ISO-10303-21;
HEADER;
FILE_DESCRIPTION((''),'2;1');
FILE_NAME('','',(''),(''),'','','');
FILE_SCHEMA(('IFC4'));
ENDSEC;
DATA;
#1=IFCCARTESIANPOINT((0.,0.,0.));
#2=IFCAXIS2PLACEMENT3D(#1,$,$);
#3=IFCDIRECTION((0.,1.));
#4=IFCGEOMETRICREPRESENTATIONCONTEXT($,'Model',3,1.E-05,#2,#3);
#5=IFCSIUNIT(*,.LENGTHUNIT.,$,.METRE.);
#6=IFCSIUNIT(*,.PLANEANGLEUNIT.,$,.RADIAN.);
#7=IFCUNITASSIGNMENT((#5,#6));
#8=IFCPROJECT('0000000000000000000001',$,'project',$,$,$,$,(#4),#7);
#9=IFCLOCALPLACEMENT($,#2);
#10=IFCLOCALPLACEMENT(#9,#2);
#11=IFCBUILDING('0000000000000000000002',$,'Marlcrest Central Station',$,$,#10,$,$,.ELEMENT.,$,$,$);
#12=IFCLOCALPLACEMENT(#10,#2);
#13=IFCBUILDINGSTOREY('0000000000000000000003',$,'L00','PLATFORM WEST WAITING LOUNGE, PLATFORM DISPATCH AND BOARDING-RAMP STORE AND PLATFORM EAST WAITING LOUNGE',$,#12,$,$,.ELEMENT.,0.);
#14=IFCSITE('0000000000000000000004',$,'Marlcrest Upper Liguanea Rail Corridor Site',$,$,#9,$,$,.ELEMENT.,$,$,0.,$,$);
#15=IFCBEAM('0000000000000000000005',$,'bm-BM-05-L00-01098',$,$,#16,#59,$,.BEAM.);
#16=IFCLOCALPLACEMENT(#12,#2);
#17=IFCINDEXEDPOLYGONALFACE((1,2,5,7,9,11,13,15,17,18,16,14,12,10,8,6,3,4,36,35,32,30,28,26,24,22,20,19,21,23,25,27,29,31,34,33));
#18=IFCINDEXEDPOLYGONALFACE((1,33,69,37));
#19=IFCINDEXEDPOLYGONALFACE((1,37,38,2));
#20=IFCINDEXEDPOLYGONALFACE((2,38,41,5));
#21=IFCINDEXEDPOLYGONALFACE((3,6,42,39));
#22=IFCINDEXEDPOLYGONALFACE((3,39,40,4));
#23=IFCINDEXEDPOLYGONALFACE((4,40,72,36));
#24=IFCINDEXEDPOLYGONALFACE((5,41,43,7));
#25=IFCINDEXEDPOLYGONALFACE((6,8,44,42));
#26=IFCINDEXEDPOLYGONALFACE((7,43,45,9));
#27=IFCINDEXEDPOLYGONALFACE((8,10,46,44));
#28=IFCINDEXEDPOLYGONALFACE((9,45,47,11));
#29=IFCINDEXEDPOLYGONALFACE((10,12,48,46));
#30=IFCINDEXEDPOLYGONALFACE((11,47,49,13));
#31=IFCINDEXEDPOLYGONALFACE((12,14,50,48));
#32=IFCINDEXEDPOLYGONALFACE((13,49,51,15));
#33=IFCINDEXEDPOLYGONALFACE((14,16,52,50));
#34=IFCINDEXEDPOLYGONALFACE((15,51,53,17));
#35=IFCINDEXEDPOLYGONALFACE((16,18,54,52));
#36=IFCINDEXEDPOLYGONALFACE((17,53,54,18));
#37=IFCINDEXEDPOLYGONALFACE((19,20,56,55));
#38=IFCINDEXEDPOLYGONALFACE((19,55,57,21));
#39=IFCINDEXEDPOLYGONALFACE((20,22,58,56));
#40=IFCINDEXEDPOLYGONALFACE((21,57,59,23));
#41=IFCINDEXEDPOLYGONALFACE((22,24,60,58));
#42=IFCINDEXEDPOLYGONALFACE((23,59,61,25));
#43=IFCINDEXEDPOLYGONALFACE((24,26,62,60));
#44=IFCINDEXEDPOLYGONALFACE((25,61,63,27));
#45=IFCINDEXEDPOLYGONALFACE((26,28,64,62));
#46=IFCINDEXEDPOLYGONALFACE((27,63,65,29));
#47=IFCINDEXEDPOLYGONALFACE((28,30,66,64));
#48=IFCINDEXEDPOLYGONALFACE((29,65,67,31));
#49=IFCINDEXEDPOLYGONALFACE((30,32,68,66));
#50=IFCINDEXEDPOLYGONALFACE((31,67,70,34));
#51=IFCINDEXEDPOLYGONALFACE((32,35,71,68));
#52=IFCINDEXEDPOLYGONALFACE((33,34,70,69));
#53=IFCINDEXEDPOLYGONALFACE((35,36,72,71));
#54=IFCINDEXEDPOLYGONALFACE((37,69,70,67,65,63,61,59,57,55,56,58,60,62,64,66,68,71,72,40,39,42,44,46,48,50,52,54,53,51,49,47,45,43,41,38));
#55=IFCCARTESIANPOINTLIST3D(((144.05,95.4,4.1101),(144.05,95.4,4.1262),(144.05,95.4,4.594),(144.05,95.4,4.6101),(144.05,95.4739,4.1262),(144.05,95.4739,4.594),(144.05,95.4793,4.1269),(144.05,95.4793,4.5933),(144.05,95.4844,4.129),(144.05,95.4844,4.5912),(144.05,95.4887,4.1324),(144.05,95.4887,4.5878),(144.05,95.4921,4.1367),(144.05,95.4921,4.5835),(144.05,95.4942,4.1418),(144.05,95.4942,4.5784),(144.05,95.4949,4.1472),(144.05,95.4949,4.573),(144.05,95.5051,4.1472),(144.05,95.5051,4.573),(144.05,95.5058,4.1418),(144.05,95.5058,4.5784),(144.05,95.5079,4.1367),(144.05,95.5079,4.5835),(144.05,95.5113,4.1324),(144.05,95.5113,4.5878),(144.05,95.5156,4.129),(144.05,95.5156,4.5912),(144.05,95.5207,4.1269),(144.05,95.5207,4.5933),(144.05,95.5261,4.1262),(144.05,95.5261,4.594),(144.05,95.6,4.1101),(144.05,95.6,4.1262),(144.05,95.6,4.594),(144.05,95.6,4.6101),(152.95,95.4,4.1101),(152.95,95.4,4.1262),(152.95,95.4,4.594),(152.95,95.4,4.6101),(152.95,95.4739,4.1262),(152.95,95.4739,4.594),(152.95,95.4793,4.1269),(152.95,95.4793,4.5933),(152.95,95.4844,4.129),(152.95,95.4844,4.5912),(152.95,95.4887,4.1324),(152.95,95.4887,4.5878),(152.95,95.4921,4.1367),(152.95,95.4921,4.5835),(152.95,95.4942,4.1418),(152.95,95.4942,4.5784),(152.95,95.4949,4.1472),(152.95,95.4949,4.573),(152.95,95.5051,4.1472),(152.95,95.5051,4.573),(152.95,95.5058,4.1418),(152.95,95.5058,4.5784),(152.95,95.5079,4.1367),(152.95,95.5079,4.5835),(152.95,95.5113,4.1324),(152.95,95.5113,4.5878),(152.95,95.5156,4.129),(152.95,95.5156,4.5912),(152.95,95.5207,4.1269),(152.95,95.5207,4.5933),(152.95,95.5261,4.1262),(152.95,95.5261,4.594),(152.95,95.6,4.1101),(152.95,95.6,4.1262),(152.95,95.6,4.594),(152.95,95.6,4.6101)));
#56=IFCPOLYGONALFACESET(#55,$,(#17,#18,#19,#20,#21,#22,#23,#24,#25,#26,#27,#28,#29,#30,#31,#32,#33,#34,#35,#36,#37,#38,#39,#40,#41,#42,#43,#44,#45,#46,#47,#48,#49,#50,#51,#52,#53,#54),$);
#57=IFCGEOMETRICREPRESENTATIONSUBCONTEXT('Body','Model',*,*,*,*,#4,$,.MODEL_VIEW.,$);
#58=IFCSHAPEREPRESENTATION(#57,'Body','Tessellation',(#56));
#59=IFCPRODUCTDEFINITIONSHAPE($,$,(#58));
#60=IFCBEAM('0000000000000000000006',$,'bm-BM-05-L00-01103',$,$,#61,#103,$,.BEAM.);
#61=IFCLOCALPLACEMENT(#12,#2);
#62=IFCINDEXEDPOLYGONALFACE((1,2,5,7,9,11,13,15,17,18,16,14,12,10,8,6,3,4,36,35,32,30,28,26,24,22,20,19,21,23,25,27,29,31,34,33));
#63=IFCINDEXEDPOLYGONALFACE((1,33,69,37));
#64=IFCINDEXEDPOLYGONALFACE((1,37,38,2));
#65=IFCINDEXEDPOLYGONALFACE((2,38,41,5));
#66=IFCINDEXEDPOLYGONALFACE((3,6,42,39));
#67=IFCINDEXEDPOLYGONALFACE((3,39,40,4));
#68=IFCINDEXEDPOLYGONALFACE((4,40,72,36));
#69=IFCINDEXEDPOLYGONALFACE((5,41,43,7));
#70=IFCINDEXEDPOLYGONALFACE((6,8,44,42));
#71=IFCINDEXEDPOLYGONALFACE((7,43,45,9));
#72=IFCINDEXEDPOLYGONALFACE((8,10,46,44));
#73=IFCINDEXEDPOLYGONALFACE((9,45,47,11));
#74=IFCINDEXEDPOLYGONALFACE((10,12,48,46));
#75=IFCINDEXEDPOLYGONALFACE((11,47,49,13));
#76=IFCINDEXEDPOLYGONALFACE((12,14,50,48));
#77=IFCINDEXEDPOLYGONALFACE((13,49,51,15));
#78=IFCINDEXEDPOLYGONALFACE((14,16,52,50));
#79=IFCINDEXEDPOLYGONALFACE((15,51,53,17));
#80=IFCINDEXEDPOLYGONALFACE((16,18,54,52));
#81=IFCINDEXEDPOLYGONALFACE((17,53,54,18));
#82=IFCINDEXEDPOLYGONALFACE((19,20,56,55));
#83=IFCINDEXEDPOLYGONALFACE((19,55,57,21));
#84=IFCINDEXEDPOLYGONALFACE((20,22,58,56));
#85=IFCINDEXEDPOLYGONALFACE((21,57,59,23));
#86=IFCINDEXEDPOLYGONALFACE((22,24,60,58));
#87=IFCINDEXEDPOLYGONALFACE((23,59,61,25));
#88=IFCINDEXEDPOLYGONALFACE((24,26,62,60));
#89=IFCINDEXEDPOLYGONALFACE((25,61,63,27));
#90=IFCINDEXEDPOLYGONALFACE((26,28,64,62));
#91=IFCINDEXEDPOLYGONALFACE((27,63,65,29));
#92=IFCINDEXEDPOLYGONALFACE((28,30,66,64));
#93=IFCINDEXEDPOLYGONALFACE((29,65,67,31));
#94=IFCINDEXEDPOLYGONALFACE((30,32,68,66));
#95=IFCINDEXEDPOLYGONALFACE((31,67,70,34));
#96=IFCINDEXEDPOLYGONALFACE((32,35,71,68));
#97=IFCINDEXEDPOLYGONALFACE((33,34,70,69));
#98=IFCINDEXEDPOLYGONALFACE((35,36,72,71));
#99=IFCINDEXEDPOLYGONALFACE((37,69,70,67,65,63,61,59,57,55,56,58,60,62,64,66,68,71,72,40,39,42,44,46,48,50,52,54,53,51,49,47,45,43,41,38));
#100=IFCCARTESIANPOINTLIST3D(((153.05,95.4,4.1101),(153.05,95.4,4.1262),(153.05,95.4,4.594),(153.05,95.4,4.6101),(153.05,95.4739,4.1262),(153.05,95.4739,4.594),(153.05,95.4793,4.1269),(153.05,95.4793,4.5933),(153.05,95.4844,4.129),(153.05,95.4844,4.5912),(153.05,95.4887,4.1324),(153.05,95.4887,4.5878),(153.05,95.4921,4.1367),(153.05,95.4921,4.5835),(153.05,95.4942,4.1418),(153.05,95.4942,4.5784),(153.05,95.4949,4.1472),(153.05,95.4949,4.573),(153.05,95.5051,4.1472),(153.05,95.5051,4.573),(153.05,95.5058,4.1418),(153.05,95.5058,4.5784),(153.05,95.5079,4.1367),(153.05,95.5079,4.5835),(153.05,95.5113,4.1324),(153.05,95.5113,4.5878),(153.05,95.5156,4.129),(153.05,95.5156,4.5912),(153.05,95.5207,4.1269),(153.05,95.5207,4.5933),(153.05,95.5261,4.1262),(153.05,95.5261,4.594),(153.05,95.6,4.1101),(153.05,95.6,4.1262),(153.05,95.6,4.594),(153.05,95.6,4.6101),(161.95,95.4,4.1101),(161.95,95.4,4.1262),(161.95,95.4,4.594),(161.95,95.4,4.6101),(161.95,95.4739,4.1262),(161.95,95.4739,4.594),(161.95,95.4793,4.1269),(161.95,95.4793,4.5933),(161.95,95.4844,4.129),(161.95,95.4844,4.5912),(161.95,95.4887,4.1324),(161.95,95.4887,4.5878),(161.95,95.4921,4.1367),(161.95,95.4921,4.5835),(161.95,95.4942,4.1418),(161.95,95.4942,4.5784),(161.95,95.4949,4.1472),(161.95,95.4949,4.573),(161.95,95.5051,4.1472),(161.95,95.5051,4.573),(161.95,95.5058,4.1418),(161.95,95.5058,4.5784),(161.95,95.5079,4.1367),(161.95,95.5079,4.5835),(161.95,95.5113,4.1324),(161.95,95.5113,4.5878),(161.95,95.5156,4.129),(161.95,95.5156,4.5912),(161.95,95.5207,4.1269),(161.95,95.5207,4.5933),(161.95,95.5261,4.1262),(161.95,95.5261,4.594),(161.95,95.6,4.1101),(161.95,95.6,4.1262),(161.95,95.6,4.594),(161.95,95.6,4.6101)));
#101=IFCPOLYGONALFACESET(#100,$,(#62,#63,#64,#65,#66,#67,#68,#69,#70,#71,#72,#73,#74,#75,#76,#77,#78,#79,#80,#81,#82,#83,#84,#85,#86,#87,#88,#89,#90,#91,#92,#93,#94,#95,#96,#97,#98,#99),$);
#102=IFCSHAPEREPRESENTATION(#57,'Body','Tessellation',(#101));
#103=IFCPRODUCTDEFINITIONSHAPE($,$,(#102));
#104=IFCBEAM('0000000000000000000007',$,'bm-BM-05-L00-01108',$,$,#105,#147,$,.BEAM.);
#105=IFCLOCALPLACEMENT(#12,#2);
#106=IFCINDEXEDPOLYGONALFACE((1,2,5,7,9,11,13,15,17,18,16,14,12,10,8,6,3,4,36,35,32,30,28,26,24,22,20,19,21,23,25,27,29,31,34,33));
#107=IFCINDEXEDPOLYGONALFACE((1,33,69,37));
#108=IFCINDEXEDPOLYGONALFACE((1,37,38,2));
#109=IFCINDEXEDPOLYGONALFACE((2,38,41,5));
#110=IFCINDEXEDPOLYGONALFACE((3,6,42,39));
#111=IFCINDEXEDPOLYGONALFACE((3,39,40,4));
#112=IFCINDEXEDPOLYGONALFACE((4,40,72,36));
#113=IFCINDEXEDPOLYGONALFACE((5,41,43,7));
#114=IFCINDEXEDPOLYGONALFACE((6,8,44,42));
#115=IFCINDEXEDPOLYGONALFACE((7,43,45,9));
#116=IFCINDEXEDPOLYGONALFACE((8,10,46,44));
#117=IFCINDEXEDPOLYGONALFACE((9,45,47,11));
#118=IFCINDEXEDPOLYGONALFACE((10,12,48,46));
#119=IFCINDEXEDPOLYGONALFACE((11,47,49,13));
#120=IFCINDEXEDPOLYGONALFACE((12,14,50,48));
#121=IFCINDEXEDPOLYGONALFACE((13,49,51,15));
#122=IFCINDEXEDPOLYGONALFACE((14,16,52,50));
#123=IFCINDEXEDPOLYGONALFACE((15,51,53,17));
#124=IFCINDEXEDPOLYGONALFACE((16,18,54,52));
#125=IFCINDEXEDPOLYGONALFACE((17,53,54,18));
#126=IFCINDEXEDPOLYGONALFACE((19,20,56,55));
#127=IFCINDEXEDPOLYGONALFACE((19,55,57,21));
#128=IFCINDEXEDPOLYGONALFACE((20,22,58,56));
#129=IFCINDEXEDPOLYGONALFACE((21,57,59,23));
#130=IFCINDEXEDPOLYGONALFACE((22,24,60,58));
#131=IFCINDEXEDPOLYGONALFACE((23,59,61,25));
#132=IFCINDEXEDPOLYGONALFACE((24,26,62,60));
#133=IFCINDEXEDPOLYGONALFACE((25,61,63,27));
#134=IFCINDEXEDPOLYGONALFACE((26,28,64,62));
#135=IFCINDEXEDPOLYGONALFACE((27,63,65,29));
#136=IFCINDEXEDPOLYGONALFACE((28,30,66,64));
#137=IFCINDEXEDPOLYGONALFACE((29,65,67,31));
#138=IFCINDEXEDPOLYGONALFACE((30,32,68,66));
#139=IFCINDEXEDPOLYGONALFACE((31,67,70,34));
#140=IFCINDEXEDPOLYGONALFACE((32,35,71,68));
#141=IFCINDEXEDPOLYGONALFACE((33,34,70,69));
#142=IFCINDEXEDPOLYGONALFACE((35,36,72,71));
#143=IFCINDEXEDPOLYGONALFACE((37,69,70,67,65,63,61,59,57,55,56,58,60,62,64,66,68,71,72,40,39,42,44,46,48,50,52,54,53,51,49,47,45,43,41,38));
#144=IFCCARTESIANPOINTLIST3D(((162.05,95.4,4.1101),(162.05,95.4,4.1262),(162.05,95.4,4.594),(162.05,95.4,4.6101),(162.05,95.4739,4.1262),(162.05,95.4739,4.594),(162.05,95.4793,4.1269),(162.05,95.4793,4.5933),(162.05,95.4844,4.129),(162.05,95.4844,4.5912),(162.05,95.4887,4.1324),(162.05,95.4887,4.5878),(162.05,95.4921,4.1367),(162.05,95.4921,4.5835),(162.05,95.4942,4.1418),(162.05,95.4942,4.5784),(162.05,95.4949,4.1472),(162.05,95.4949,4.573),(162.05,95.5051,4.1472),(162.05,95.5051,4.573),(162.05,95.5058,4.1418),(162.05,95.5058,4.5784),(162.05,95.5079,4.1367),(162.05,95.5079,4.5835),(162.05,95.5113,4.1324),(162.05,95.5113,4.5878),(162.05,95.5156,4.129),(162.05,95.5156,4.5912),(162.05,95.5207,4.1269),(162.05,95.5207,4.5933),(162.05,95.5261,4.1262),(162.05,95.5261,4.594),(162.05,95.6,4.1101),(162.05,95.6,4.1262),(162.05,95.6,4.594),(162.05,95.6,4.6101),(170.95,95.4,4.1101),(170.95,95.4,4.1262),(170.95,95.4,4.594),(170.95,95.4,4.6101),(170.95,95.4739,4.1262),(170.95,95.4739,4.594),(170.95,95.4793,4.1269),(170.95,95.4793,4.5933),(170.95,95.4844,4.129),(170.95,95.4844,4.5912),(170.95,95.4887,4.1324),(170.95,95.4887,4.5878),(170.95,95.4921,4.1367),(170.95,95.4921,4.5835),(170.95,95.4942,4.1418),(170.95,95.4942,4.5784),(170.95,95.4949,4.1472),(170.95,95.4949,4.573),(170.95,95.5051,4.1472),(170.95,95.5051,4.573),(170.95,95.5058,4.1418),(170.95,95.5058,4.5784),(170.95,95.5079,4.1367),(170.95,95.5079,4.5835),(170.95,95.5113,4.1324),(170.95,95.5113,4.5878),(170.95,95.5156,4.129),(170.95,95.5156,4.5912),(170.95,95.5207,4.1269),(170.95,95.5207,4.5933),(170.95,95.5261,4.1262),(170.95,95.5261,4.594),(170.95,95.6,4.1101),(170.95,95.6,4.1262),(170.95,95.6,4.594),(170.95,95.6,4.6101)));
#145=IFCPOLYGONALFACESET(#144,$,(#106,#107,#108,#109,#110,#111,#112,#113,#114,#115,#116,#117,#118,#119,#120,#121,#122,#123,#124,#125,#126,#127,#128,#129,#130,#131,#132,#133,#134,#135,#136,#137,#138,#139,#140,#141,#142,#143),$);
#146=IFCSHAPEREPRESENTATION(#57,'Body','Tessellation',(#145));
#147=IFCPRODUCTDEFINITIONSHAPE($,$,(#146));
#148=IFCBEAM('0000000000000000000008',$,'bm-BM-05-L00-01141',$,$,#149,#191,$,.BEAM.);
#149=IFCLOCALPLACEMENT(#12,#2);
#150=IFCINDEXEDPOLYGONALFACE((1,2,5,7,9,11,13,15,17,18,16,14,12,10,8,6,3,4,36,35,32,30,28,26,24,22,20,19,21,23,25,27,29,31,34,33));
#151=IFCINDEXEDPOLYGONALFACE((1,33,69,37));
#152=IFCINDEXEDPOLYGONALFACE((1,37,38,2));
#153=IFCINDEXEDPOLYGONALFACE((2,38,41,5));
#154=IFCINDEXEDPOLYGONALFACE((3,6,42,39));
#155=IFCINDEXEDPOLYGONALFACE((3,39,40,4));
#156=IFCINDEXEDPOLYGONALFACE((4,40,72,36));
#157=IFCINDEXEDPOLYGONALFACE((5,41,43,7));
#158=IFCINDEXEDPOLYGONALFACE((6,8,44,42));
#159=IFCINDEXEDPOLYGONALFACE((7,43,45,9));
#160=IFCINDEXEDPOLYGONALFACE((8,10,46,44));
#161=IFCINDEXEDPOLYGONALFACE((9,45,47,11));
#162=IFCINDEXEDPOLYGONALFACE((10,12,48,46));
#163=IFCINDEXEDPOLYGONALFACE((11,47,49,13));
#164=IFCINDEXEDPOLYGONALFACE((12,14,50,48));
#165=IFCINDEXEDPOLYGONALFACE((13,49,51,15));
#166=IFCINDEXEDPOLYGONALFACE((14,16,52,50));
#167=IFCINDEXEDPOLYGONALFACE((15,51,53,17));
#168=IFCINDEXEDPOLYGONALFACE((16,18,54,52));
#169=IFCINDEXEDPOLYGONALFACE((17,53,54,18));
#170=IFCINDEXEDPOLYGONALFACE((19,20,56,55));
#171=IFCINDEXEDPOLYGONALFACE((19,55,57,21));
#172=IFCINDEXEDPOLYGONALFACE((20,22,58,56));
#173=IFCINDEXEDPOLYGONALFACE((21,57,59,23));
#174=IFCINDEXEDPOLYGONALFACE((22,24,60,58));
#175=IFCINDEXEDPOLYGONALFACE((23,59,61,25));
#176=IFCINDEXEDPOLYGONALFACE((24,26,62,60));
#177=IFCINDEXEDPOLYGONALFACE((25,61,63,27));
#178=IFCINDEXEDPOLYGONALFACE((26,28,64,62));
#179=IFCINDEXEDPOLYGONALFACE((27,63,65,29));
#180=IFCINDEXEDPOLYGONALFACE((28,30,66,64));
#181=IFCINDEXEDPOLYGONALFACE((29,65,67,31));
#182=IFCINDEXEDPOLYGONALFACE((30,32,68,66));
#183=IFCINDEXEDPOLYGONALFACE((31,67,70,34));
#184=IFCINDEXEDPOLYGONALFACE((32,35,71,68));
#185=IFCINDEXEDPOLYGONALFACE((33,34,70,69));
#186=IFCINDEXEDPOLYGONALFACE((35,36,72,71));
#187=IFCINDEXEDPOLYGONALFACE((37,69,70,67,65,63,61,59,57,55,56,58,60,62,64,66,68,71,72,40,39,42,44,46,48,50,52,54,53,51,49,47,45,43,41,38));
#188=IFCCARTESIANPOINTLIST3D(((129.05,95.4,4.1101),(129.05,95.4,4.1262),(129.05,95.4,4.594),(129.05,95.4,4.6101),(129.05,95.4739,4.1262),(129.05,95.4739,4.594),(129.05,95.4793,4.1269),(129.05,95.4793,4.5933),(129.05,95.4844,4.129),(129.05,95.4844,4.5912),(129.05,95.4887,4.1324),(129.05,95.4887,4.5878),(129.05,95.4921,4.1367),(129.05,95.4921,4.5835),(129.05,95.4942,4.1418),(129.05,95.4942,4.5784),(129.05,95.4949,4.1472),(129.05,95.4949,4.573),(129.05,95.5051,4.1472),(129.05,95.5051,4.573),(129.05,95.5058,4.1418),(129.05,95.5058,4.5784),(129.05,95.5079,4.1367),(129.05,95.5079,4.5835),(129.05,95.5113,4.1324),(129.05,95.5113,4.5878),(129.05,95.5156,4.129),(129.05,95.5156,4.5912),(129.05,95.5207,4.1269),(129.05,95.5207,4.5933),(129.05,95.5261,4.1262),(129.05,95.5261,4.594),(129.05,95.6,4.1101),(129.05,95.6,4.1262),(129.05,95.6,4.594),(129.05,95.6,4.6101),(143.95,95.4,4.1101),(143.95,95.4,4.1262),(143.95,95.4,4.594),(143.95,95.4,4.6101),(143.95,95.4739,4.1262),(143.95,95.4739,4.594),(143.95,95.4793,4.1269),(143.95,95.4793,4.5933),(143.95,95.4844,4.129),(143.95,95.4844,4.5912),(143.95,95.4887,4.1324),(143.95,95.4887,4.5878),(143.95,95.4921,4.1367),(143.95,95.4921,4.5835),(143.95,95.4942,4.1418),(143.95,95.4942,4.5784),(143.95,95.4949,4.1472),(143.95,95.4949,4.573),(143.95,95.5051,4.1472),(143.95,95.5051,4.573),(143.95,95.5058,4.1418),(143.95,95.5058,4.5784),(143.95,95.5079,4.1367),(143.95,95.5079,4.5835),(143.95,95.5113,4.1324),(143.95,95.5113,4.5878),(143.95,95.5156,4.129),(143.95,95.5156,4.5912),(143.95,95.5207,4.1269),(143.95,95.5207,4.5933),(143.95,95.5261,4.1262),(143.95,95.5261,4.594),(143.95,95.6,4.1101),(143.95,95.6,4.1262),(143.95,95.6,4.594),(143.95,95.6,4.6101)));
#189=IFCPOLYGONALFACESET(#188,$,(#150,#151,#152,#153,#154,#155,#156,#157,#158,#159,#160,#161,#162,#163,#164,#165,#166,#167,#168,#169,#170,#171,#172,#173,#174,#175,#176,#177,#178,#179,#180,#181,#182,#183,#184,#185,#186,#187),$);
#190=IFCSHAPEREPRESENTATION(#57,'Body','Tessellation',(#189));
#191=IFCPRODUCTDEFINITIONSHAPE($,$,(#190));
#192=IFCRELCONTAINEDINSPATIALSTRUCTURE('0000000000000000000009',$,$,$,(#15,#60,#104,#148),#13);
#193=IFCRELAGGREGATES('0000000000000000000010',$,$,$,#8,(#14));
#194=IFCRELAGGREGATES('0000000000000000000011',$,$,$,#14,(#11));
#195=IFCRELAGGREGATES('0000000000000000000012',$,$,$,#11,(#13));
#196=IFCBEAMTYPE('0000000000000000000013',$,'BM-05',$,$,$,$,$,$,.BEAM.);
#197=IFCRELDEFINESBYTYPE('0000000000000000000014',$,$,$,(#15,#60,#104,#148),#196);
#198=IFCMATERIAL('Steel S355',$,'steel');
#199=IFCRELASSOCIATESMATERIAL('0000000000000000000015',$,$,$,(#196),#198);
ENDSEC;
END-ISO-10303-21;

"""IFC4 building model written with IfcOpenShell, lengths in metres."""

from ifc_helpers import new_model, si_unit, direction, frame, origin, origin_2d, place, context, subcontext, project, spatial, i_section, extrude, material, material_profile, profile_set, type_object, element, save


model = new_model("IFC4")

# Units and contexts
model_context = context("Model", 3, precision=1e-05, world=origin(), true_north=direction((0.0, 1.0)))
body_context = subcontext(model_context, "Body", "Model", "MODEL_VIEW")
ifc_project = project(units=[si_unit("LENGTHUNIT", "METRE"), si_unit("PLANEANGLEUNIT", "RADIAN")], contexts=[model_context])

# Site, building, storey
site_placement = place(None, origin())
site = spatial("IfcSite", under=ifc_project, at=site_placement, Name="Marlcrest Upper Liguanea Rail Corridor Site", CompositionType="ELEMENT", RefElevation=0.0)
building_placement = place(site_placement, origin())
building = spatial("IfcBuilding", under=site, at=building_placement, Name="Marlcrest Central Station", CompositionType="ELEMENT")
storey_placement = place(building_placement, origin())
storey = spatial("IfcBuildingStorey", under=building, at=storey_placement, Name="L00", Description="PLATFORM WEST WAITING LOUNGE, PLATFORM DISPATCH AND BOARDING-RAMP STORE AND PLATFORM EAST WAITING LOUNGE", CompositionType="ELEMENT", Elevation=0.0)

# Shared definitions
ifc_material_1 = material(Name="Steel S355", Category="steel")

# Beams
ifc_material_profile_1 = material_profile(ifc_material_1, i_section(OverallWidth=0.2, OverallDepth=0.5, WebThickness=0.0103, FlangeThickness=0.0161, FilletRadius=0.021, at=origin_2d()), Name="IPE 500")
ifc_profile_set_1 = profile_set([ifc_material_profile_1], Name="Steel S355")
beam_type_1 = type_object("IfcBeamType", Name="BM-05", PredefinedType="BEAM", material=ifc_profile_set_1)
for number, where, z_axis, x_axis, name in (
    (1, (144.05, 95.5, 4.3601), (1.0, 0.0, 0.0), (0.0, 1.0, 0.0), "bm-BM-05-L00-01098"),
    (2, (153.05, 95.5, 4.3601), (1.0, 0.0, 0.0), (0.0, 1.0, 0.0), "bm-BM-05-L00-01103"),
    (3, (162.05, 95.5, 4.3601), (1.0, 0.0, 0.0), (0.0, 1.0, 0.0), "bm-BM-05-L00-01108"),
):
    element("IfcBeam", number, at=place(storey_placement, frame(where, z_axis=z_axis, x_axis=x_axis)), inside=storey, type_object=beam_type_1, Name=name, PredefinedType="BEAM", context=body_context, shape_type="SweptSolid", body=[
        extrude(i_section(OverallWidth=0.2, OverallDepth=0.5, WebThickness=0.0103, FlangeThickness=0.0161, FilletRadius=0.021, at=origin_2d()), origin(), (0.0, 0.0, 1.0), 8.8999),
    ])
beam_1_placement = place(storey_placement, frame((129.05, 95.5, 4.3601), z_axis=(1.0, 0.0, 0.0), x_axis=(0.0, 1.0, 0.0)))
element("IfcBeam", 4, at=beam_1_placement, inside=storey, type_object=beam_type_1, Name="bm-BM-05-L00-01141", PredefinedType="BEAM", context=body_context, shape_type="SweptSolid", body=[
    extrude(i_section(OverallWidth=0.2, OverallDepth=0.5, WebThickness=0.0103, FlangeThickness=0.0161, FilletRadius=0.021, at=origin_2d()), origin(), (0.0, 0.0, 1.0), 14.8999),
])

save(model, "model.ifc")
